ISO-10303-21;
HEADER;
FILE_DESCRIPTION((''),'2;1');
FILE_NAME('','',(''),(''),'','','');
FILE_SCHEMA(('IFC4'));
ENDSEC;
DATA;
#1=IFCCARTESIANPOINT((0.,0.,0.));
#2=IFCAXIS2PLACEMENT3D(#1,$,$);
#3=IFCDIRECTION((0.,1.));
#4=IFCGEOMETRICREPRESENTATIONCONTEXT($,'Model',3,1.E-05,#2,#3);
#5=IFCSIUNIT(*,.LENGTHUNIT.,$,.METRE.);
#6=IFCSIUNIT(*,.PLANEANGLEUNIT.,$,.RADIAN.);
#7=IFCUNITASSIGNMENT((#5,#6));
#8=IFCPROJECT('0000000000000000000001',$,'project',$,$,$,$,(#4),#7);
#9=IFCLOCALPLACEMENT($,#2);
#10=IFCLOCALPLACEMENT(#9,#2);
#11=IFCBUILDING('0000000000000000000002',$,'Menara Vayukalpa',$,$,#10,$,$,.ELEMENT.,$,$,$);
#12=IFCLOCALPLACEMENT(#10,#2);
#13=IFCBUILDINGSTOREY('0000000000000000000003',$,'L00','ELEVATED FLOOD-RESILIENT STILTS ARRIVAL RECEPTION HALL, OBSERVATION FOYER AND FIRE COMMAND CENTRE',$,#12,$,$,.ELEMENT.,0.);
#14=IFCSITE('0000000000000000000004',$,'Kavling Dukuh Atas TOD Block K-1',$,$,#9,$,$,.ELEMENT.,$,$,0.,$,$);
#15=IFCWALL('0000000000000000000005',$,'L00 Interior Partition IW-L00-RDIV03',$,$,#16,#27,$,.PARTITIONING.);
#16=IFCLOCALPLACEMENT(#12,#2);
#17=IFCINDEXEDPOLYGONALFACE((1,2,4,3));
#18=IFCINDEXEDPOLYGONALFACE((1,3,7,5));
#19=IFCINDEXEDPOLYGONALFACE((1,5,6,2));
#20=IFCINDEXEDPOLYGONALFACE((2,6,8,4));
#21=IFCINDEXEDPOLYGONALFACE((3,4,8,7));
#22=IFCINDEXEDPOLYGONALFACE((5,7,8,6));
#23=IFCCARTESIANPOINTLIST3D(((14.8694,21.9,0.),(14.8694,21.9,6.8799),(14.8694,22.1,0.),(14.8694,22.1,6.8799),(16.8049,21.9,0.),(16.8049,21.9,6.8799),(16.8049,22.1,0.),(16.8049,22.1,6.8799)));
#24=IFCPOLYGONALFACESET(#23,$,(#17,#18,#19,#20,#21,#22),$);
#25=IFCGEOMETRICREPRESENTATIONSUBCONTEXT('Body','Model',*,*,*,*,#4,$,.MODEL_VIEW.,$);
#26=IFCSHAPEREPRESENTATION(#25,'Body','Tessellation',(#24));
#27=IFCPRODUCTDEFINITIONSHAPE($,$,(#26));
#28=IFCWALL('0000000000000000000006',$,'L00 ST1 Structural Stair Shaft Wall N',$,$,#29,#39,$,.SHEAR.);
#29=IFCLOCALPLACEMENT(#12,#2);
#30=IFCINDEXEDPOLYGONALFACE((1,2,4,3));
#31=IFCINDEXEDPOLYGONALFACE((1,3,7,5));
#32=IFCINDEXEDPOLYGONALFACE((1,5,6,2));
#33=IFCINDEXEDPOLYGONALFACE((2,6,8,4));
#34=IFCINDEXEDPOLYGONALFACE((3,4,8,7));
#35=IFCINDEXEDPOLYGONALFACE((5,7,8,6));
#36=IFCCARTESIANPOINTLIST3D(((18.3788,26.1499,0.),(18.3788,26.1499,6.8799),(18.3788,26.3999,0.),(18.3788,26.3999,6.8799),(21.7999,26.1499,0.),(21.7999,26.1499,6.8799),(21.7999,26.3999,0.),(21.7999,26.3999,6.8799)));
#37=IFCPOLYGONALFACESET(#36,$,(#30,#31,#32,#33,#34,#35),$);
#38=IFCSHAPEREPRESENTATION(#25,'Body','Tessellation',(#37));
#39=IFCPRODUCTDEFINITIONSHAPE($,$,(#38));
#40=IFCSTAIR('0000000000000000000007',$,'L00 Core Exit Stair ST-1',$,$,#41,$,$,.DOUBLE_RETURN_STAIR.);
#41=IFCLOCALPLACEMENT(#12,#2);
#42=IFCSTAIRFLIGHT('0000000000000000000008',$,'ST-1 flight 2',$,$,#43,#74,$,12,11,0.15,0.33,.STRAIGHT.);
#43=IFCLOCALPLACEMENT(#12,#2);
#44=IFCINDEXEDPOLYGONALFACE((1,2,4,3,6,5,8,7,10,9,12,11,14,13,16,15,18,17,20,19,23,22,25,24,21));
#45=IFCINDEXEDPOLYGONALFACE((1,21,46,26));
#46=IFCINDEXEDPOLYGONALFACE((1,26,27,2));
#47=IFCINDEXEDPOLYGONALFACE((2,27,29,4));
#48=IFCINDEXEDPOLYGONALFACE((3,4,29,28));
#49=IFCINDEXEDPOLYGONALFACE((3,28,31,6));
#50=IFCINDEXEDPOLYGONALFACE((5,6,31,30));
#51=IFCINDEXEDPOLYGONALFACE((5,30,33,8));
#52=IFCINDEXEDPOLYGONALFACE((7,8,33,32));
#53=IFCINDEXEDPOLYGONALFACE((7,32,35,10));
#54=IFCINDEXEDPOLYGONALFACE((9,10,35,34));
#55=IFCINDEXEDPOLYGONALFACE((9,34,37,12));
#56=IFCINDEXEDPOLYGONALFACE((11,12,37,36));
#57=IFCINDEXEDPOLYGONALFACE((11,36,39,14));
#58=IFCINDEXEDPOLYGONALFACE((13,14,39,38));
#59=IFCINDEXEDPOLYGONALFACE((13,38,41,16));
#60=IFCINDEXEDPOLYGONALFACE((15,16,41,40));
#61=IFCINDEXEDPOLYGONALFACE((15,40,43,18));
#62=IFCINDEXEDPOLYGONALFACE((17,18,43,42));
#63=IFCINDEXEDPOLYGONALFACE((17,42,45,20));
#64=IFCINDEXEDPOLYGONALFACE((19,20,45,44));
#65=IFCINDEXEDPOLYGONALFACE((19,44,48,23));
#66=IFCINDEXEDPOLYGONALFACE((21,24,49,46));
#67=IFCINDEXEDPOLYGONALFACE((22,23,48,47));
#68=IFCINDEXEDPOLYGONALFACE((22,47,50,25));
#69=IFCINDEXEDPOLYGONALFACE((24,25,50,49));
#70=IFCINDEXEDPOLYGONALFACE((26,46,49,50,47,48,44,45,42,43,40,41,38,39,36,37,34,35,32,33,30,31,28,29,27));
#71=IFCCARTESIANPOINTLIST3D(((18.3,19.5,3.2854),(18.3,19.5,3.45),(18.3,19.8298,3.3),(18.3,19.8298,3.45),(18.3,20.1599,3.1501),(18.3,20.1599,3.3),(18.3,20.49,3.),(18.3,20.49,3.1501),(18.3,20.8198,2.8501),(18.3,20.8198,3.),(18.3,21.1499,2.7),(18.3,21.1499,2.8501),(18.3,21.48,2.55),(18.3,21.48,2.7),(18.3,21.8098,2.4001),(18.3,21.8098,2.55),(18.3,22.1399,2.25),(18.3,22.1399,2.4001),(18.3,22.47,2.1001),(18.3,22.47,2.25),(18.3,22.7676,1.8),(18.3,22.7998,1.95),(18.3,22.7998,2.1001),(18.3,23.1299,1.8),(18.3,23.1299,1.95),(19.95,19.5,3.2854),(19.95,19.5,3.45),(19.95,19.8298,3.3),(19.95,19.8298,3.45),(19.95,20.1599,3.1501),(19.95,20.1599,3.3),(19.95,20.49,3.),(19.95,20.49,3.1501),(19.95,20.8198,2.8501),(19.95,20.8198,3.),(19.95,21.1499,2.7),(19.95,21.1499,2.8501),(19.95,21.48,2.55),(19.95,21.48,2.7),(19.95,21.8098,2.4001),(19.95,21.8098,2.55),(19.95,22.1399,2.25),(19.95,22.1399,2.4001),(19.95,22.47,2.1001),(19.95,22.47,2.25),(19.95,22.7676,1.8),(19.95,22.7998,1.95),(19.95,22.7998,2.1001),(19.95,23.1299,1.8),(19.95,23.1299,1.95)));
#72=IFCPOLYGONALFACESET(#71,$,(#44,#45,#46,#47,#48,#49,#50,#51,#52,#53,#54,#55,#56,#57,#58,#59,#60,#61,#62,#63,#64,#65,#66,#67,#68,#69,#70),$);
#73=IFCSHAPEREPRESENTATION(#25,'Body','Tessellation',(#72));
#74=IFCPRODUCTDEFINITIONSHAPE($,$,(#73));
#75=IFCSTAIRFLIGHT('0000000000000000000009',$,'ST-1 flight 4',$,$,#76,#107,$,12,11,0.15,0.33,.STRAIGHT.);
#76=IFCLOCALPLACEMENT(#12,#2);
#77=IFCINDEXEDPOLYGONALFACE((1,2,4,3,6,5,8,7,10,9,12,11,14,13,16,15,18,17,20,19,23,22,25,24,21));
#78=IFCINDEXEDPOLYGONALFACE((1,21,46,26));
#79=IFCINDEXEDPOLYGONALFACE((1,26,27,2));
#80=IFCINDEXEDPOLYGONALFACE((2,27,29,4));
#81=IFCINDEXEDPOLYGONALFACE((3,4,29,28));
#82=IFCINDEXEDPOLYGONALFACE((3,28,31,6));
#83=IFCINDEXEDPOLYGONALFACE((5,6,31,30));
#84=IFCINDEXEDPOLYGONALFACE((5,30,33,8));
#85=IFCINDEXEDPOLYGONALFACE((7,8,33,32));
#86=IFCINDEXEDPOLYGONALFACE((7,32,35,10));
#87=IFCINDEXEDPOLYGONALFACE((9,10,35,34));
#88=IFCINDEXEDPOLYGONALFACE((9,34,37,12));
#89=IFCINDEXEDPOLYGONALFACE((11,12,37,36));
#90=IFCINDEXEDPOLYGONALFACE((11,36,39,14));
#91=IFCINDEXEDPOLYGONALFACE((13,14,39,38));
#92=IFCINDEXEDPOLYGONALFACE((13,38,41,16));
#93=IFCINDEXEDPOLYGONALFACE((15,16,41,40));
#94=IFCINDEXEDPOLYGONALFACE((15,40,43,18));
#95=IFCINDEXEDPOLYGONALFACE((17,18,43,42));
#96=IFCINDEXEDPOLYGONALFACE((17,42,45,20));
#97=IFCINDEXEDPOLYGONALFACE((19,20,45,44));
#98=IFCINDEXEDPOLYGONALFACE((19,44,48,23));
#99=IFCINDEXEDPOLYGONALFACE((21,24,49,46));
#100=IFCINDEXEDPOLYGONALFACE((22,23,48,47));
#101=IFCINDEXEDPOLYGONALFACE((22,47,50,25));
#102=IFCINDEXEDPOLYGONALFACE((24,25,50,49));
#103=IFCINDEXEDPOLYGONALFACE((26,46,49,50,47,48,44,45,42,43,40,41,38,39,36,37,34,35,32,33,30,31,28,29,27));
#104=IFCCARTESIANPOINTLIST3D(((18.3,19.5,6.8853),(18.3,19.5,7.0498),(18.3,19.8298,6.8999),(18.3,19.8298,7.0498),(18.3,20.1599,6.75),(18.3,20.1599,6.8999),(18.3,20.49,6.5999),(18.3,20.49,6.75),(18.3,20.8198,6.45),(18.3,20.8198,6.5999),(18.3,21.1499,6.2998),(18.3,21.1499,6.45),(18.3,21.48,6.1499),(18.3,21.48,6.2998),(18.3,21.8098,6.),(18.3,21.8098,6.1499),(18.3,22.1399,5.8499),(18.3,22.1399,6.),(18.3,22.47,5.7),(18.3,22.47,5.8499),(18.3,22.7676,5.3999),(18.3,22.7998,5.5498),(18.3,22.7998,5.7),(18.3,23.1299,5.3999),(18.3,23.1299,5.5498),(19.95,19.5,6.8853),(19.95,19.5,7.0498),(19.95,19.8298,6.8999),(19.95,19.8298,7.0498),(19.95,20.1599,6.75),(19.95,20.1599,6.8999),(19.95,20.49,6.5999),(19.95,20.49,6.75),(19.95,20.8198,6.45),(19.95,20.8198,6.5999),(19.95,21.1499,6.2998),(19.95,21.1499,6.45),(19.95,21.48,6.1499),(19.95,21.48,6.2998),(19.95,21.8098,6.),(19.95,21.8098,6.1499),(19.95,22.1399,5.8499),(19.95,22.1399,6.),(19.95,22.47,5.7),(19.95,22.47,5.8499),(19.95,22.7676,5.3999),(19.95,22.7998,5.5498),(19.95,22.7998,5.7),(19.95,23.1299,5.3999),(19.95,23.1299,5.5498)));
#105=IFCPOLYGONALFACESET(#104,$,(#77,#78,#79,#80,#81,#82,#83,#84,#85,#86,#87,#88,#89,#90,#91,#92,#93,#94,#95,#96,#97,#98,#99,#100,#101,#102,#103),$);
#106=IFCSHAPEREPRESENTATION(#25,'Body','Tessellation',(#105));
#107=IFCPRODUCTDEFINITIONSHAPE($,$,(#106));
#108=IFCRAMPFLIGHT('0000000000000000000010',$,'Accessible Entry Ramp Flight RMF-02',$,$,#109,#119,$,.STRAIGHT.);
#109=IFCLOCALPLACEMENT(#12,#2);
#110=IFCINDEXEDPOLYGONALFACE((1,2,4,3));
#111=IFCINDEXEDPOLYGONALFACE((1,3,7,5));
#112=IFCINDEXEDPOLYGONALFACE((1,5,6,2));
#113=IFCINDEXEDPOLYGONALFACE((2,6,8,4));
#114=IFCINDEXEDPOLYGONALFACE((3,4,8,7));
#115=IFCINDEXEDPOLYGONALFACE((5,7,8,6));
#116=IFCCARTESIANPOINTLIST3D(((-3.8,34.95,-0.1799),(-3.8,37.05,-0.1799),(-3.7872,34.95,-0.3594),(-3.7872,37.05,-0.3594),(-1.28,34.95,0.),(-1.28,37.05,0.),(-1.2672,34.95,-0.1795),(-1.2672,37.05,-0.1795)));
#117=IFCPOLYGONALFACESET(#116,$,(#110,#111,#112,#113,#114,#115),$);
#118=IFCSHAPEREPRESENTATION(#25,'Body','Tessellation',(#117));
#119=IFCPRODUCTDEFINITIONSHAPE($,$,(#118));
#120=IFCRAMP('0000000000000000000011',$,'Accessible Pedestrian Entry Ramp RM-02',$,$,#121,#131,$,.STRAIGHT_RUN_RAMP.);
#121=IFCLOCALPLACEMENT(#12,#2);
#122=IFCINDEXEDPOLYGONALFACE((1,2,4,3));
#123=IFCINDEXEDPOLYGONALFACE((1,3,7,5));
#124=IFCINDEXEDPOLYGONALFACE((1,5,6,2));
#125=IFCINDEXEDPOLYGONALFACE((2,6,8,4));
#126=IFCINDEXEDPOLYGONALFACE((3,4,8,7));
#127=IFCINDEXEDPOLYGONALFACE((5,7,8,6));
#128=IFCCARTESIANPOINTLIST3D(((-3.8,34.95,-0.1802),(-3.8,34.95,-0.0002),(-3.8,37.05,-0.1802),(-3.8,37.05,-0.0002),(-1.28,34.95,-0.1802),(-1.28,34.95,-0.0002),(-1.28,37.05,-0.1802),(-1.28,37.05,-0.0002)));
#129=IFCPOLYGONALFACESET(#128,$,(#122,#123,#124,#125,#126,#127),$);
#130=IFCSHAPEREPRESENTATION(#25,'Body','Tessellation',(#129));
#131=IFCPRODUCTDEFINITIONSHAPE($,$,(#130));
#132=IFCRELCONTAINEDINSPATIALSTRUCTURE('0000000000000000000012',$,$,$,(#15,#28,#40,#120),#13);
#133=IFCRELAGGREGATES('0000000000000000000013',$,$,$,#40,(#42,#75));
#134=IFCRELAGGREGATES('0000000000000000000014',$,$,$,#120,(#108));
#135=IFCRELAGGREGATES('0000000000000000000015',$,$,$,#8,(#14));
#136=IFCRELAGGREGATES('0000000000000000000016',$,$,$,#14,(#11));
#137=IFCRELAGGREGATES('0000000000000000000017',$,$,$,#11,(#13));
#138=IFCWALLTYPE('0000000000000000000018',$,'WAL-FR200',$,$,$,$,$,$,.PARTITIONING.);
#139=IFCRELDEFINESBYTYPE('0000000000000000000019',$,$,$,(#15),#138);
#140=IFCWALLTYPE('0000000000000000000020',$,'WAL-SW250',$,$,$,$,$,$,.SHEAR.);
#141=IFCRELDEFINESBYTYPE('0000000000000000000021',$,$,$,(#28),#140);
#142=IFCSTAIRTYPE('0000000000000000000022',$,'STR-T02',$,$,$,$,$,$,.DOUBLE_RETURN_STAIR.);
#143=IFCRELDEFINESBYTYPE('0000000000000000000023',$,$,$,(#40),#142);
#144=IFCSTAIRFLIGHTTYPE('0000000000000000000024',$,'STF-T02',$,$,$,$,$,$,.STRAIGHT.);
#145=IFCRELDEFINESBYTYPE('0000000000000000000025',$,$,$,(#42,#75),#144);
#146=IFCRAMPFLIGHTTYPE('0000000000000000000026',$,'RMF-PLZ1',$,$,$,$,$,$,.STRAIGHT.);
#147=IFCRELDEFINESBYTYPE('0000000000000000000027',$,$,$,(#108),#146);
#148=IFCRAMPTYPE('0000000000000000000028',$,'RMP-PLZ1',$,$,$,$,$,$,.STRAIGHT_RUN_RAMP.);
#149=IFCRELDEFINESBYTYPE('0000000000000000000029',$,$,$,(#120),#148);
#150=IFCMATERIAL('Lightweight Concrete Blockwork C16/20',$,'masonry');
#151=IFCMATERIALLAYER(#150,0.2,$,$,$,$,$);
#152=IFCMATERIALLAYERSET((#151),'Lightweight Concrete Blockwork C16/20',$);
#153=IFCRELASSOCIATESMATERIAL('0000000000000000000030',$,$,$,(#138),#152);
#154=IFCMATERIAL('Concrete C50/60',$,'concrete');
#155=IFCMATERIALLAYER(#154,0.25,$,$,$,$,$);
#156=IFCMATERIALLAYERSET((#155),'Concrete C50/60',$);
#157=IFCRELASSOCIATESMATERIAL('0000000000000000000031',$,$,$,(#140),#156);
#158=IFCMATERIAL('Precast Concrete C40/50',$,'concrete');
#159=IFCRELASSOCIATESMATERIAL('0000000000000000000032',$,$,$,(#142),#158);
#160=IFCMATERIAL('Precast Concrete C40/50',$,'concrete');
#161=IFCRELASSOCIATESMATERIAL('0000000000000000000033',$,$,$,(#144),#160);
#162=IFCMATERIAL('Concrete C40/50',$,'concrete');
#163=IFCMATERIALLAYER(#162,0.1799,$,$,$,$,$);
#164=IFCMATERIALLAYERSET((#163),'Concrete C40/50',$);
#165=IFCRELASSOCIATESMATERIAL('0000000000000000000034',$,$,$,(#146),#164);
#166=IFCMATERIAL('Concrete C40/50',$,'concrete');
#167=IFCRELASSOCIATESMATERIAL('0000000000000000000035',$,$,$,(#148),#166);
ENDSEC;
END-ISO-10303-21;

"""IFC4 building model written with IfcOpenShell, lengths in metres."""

from ifc_helpers import new_model, si_unit, direction, frame, frame_2d, origin, origin_2d, place, context, subcontext, project, spatial, polyline, rectangle, outline, extrude, material, layer, layer_set, type_object, element, aggregate, save


model = new_model("IFC4")

# Units and contexts
model_context = context("Model", 3, precision=1e-05, world=origin(), true_north=direction((0.0, 1.0)))
body_context = subcontext(model_context, "Body", "Model", "MODEL_VIEW")
ifc_project = project(units=[si_unit("LENGTHUNIT", "METRE"), si_unit("PLANEANGLEUNIT", "RADIAN")], contexts=[model_context])

# Site, building, storey
site_placement = place(None, origin())
site = spatial("IfcSite", under=ifc_project, at=site_placement, Name="Kavling Dukuh Atas TOD Block K-1", CompositionType="ELEMENT", RefElevation=0.0)
building_placement = place(site_placement, origin())
building = spatial("IfcBuilding", under=site, at=building_placement, Name="Menara Vayukalpa", CompositionType="ELEMENT")
storey_placement = place(building_placement, origin())
storey = spatial("IfcBuildingStorey", under=building, at=storey_placement, Name="L00", Description="ELEVATED FLOOD-RESILIENT STILTS ARRIVAL RECEPTION HALL, OBSERVATION FOYER AND FIRE COMMAND CENTRE", CompositionType="ELEMENT", Elevation=0.0)

# Walls
ifc_material_1 = material(Name="Lightweight Concrete Blockwork C16/20", Category="masonry")
ifc_layer_1 = layer(ifc_material_1, 0.2)
ifc_layer_set_1 = layer_set([ifc_layer_1], Name="Lightweight Concrete Blockwork C16/20")
wall_type_1 = type_object("IfcWallType", Name="WAL-FR200", PredefinedType="PARTITIONING", material=ifc_layer_set_1)
wall_1_placement = place(storey_placement, frame((14.8694, 22.0, 0.0), z_axis=(0.0, 0.0, 1.0), x_axis=(1.0, 0.0, 0.0)))
element("IfcWall", 1, at=wall_1_placement, inside=storey, type_object=wall_type_1, Name="L00 Interior Partition IW-L00-RDIV03", PredefinedType="PARTITIONING", context=body_context, shape_type="SweptSolid", body=[
    extrude(rectangle(XDim=1.9355, YDim=0.2, at=frame_2d((0.9678, 0.0))), origin(), (0.0, 0.0, 1.0), 6.8799),
])
ifc_material_2 = material(Name="Concrete C50/60", Category="concrete")
ifc_layer_2 = layer(ifc_material_2, 0.25)
ifc_layer_set_2 = layer_set([ifc_layer_2], Name="Concrete C50/60")
wall_type_2 = type_object("IfcWallType", Name="WAL-SW250", PredefinedType="SHEAR", material=ifc_layer_set_2)
wall_2_placement = place(storey_placement, frame((18.3789, 26.2749, 0.0), z_axis=(0.0, 0.0, 1.0), x_axis=(1.0, 0.0, 0.0)))
element("IfcWall", 2, at=wall_2_placement, inside=storey, type_object=wall_type_2, Name="L00 ST1 Structural Stair Shaft Wall N", PredefinedType="SHEAR", context=body_context, shape_type="SweptSolid", body=[
    extrude(rectangle(XDim=3.4211, YDim=0.25, at=frame_2d((1.7104, 0.0))), origin(), (0.0, 0.0, 1.0), 6.8799),
])

# Stair, stair flights
ifc_material_3 = material(Name="Precast Concrete C40/50", Category="concrete")
stair_type = type_object("IfcStairType", Name="STR-T02", PredefinedType="DOUBLE_RETURN_STAIR", material=ifc_material_3)
stair_placement = place(storey_placement, origin())
stair = element("IfcStair", 3, at=stair_placement, inside=storey, type_object=stair_type, Name="L00 Core Exit Stair ST-1", PredefinedType="DOUBLE_RETURN_STAIR")
ifc_material_4 = material(Name="Precast Concrete C40/50", Category="concrete")
stair_flight_type = type_object("IfcStairFlightType", Name="STF-T02", PredefinedType="STRAIGHT", material=ifc_material_4)
stair_flight_1_placement = place(storey_placement, frame((19.125, 23.1299, 1.8), z_axis=(0.0, 0.0, 1.0), x_axis=(0.0, -1.0, 0.0)))
stair_flight_1 = element("IfcStairFlight", 4, at=stair_flight_1_placement, type_object=stair_flight_type, Name="ST-1 flight 2", NumberOfRisers=12, NumberOfTreads=11, PredefinedType="STRAIGHT", RiserHeight=0.15, TreadLength=0.33, context=body_context, shape_type="SweptSolid", body=[
    extrude(outline(polyline([(0.0, 0.0), (0.0, 0.1499), (0.3301, 0.1499), (0.3301, 0.3), (0.6599, 0.3), (0.6599, 0.45), (0.99, 0.45), (0.99, 0.6001), (1.3201, 0.6001), (1.3201, 0.75), (1.6499, 0.75), (1.6499, 0.8999), (1.98, 0.8999), (1.98, 1.05), (2.3101, 1.05), (2.3101, 1.2), (2.6399, 1.2), (2.6399, 1.3501), (2.97, 1.3501), (2.97, 1.5), (3.3, 1.5), (3.3, 1.6499), (3.6299, 1.6499), (3.6299, 1.8), (3.6299, 1.4854), (0.3623, 0.0), (0.0, 0.0)])), frame((0.0, 0.825, 0.0), z_axis=(0.0, -1.0, 0.0), x_axis=(1.0, 0.0, 0.0)), (0.0, 0.0, 1.0), 1.6499),
])
stair_flight_2_placement = place(storey_placement, frame((19.125, 23.1299, 5.3999), z_axis=(0.0, 0.0, 1.0), x_axis=(0.0, -1.0, 0.0)))
stair_flight_2 = element("IfcStairFlight", 5, at=stair_flight_2_placement, type_object=stair_flight_type, Name="ST-1 flight 4", NumberOfRisers=12, NumberOfTreads=11, PredefinedType="STRAIGHT", RiserHeight=0.15, TreadLength=0.33, context=body_context, shape_type="SweptSolid", body=[
    extrude(outline(polyline([(0.0, 0.0), (0.0, 0.1499), (0.3301, 0.1499), (0.3301, 0.3), (0.6599, 0.3), (0.6599, 0.45), (0.99, 0.45), (0.99, 0.6001), (1.3201, 0.6001), (1.3201, 0.75), (1.6499, 0.75), (1.6499, 0.8999), (1.98, 0.8999), (1.98, 1.05), (2.3101, 1.05), (2.3101, 1.2), (2.6399, 1.2), (2.6399, 1.3501), (2.97, 1.3501), (2.97, 1.5), (3.3, 1.5), (3.3, 1.6499), (3.6299, 1.6499), (3.6299, 1.8), (3.6299, 1.4854), (0.3623, 0.0), (0.0, 0.0)])), frame((0.0, 0.825, 0.0), z_axis=(0.0, -1.0, 0.0), x_axis=(1.0, 0.0, 0.0)), (0.0, 0.0, 1.0), 1.6499),
])
aggregate(stair, [stair_flight_1, stair_flight_2])

# Ramp flight
ifc_material_5 = material(Name="Concrete C40/50", Category="concrete")
ifc_layer_3 = layer(ifc_material_5, 0.1799)
ifc_layer_set_3 = layer_set([ifc_layer_3], Name="Concrete C40/50")
ramp_flight_type = type_object("IfcRampFlightType", Name="RMF-PLZ1", PredefinedType="STRAIGHT", material=ifc_layer_set_3)
ramp_flight_placement = place(storey_placement, frame((-3.8, 34.95, -0.1799), z_axis=(-0.07122, 0.0, 0.997461), x_axis=(0.997461, 0.0, 0.07122)))
ramp_flight = element("IfcRampFlight", 6, at=ramp_flight_placement, type_object=ramp_flight_type, Name="Accessible Entry Ramp Flight RMF-02", PredefinedType="STRAIGHT", context=body_context, shape_type="SweptSolid", body=[
    extrude(outline(polyline([(0.0, 0.0), (2.5264, 0.0), (2.5264, 2.1001), (0.0, 2.1001), (0.0, 0.0)])), origin(), (0.0, 0.0, -1.0), 0.1799),
])

# Ramp
ifc_material_6 = material(Name="Concrete C40/50", Category="concrete")
ramp_type = type_object("IfcRampType", Name="RMP-PLZ1", PredefinedType="STRAIGHT_RUN_RAMP", material=ifc_material_6)
ramp_placement = place(storey_placement, frame((-2.54, 36.0, -0.1802), z_axis=(0.0, 0.0, 1.0), x_axis=(1.0, 0.0, 0.0)))
ramp = element("IfcRamp", 7, at=ramp_placement, inside=storey, type_object=ramp_type, Name="Accessible Pedestrian Entry Ramp RM-02", PredefinedType="STRAIGHT_RUN_RAMP", context=body_context, shape_type="SweptSolid", body=[
    extrude(rectangle(XDim=2.52, YDim=2.1001, at=origin_2d()), origin(), (0.0, 0.0, 1.0), 0.1799),
])
aggregate(ramp, [ramp_flight])

save(model, "model.ifc")
